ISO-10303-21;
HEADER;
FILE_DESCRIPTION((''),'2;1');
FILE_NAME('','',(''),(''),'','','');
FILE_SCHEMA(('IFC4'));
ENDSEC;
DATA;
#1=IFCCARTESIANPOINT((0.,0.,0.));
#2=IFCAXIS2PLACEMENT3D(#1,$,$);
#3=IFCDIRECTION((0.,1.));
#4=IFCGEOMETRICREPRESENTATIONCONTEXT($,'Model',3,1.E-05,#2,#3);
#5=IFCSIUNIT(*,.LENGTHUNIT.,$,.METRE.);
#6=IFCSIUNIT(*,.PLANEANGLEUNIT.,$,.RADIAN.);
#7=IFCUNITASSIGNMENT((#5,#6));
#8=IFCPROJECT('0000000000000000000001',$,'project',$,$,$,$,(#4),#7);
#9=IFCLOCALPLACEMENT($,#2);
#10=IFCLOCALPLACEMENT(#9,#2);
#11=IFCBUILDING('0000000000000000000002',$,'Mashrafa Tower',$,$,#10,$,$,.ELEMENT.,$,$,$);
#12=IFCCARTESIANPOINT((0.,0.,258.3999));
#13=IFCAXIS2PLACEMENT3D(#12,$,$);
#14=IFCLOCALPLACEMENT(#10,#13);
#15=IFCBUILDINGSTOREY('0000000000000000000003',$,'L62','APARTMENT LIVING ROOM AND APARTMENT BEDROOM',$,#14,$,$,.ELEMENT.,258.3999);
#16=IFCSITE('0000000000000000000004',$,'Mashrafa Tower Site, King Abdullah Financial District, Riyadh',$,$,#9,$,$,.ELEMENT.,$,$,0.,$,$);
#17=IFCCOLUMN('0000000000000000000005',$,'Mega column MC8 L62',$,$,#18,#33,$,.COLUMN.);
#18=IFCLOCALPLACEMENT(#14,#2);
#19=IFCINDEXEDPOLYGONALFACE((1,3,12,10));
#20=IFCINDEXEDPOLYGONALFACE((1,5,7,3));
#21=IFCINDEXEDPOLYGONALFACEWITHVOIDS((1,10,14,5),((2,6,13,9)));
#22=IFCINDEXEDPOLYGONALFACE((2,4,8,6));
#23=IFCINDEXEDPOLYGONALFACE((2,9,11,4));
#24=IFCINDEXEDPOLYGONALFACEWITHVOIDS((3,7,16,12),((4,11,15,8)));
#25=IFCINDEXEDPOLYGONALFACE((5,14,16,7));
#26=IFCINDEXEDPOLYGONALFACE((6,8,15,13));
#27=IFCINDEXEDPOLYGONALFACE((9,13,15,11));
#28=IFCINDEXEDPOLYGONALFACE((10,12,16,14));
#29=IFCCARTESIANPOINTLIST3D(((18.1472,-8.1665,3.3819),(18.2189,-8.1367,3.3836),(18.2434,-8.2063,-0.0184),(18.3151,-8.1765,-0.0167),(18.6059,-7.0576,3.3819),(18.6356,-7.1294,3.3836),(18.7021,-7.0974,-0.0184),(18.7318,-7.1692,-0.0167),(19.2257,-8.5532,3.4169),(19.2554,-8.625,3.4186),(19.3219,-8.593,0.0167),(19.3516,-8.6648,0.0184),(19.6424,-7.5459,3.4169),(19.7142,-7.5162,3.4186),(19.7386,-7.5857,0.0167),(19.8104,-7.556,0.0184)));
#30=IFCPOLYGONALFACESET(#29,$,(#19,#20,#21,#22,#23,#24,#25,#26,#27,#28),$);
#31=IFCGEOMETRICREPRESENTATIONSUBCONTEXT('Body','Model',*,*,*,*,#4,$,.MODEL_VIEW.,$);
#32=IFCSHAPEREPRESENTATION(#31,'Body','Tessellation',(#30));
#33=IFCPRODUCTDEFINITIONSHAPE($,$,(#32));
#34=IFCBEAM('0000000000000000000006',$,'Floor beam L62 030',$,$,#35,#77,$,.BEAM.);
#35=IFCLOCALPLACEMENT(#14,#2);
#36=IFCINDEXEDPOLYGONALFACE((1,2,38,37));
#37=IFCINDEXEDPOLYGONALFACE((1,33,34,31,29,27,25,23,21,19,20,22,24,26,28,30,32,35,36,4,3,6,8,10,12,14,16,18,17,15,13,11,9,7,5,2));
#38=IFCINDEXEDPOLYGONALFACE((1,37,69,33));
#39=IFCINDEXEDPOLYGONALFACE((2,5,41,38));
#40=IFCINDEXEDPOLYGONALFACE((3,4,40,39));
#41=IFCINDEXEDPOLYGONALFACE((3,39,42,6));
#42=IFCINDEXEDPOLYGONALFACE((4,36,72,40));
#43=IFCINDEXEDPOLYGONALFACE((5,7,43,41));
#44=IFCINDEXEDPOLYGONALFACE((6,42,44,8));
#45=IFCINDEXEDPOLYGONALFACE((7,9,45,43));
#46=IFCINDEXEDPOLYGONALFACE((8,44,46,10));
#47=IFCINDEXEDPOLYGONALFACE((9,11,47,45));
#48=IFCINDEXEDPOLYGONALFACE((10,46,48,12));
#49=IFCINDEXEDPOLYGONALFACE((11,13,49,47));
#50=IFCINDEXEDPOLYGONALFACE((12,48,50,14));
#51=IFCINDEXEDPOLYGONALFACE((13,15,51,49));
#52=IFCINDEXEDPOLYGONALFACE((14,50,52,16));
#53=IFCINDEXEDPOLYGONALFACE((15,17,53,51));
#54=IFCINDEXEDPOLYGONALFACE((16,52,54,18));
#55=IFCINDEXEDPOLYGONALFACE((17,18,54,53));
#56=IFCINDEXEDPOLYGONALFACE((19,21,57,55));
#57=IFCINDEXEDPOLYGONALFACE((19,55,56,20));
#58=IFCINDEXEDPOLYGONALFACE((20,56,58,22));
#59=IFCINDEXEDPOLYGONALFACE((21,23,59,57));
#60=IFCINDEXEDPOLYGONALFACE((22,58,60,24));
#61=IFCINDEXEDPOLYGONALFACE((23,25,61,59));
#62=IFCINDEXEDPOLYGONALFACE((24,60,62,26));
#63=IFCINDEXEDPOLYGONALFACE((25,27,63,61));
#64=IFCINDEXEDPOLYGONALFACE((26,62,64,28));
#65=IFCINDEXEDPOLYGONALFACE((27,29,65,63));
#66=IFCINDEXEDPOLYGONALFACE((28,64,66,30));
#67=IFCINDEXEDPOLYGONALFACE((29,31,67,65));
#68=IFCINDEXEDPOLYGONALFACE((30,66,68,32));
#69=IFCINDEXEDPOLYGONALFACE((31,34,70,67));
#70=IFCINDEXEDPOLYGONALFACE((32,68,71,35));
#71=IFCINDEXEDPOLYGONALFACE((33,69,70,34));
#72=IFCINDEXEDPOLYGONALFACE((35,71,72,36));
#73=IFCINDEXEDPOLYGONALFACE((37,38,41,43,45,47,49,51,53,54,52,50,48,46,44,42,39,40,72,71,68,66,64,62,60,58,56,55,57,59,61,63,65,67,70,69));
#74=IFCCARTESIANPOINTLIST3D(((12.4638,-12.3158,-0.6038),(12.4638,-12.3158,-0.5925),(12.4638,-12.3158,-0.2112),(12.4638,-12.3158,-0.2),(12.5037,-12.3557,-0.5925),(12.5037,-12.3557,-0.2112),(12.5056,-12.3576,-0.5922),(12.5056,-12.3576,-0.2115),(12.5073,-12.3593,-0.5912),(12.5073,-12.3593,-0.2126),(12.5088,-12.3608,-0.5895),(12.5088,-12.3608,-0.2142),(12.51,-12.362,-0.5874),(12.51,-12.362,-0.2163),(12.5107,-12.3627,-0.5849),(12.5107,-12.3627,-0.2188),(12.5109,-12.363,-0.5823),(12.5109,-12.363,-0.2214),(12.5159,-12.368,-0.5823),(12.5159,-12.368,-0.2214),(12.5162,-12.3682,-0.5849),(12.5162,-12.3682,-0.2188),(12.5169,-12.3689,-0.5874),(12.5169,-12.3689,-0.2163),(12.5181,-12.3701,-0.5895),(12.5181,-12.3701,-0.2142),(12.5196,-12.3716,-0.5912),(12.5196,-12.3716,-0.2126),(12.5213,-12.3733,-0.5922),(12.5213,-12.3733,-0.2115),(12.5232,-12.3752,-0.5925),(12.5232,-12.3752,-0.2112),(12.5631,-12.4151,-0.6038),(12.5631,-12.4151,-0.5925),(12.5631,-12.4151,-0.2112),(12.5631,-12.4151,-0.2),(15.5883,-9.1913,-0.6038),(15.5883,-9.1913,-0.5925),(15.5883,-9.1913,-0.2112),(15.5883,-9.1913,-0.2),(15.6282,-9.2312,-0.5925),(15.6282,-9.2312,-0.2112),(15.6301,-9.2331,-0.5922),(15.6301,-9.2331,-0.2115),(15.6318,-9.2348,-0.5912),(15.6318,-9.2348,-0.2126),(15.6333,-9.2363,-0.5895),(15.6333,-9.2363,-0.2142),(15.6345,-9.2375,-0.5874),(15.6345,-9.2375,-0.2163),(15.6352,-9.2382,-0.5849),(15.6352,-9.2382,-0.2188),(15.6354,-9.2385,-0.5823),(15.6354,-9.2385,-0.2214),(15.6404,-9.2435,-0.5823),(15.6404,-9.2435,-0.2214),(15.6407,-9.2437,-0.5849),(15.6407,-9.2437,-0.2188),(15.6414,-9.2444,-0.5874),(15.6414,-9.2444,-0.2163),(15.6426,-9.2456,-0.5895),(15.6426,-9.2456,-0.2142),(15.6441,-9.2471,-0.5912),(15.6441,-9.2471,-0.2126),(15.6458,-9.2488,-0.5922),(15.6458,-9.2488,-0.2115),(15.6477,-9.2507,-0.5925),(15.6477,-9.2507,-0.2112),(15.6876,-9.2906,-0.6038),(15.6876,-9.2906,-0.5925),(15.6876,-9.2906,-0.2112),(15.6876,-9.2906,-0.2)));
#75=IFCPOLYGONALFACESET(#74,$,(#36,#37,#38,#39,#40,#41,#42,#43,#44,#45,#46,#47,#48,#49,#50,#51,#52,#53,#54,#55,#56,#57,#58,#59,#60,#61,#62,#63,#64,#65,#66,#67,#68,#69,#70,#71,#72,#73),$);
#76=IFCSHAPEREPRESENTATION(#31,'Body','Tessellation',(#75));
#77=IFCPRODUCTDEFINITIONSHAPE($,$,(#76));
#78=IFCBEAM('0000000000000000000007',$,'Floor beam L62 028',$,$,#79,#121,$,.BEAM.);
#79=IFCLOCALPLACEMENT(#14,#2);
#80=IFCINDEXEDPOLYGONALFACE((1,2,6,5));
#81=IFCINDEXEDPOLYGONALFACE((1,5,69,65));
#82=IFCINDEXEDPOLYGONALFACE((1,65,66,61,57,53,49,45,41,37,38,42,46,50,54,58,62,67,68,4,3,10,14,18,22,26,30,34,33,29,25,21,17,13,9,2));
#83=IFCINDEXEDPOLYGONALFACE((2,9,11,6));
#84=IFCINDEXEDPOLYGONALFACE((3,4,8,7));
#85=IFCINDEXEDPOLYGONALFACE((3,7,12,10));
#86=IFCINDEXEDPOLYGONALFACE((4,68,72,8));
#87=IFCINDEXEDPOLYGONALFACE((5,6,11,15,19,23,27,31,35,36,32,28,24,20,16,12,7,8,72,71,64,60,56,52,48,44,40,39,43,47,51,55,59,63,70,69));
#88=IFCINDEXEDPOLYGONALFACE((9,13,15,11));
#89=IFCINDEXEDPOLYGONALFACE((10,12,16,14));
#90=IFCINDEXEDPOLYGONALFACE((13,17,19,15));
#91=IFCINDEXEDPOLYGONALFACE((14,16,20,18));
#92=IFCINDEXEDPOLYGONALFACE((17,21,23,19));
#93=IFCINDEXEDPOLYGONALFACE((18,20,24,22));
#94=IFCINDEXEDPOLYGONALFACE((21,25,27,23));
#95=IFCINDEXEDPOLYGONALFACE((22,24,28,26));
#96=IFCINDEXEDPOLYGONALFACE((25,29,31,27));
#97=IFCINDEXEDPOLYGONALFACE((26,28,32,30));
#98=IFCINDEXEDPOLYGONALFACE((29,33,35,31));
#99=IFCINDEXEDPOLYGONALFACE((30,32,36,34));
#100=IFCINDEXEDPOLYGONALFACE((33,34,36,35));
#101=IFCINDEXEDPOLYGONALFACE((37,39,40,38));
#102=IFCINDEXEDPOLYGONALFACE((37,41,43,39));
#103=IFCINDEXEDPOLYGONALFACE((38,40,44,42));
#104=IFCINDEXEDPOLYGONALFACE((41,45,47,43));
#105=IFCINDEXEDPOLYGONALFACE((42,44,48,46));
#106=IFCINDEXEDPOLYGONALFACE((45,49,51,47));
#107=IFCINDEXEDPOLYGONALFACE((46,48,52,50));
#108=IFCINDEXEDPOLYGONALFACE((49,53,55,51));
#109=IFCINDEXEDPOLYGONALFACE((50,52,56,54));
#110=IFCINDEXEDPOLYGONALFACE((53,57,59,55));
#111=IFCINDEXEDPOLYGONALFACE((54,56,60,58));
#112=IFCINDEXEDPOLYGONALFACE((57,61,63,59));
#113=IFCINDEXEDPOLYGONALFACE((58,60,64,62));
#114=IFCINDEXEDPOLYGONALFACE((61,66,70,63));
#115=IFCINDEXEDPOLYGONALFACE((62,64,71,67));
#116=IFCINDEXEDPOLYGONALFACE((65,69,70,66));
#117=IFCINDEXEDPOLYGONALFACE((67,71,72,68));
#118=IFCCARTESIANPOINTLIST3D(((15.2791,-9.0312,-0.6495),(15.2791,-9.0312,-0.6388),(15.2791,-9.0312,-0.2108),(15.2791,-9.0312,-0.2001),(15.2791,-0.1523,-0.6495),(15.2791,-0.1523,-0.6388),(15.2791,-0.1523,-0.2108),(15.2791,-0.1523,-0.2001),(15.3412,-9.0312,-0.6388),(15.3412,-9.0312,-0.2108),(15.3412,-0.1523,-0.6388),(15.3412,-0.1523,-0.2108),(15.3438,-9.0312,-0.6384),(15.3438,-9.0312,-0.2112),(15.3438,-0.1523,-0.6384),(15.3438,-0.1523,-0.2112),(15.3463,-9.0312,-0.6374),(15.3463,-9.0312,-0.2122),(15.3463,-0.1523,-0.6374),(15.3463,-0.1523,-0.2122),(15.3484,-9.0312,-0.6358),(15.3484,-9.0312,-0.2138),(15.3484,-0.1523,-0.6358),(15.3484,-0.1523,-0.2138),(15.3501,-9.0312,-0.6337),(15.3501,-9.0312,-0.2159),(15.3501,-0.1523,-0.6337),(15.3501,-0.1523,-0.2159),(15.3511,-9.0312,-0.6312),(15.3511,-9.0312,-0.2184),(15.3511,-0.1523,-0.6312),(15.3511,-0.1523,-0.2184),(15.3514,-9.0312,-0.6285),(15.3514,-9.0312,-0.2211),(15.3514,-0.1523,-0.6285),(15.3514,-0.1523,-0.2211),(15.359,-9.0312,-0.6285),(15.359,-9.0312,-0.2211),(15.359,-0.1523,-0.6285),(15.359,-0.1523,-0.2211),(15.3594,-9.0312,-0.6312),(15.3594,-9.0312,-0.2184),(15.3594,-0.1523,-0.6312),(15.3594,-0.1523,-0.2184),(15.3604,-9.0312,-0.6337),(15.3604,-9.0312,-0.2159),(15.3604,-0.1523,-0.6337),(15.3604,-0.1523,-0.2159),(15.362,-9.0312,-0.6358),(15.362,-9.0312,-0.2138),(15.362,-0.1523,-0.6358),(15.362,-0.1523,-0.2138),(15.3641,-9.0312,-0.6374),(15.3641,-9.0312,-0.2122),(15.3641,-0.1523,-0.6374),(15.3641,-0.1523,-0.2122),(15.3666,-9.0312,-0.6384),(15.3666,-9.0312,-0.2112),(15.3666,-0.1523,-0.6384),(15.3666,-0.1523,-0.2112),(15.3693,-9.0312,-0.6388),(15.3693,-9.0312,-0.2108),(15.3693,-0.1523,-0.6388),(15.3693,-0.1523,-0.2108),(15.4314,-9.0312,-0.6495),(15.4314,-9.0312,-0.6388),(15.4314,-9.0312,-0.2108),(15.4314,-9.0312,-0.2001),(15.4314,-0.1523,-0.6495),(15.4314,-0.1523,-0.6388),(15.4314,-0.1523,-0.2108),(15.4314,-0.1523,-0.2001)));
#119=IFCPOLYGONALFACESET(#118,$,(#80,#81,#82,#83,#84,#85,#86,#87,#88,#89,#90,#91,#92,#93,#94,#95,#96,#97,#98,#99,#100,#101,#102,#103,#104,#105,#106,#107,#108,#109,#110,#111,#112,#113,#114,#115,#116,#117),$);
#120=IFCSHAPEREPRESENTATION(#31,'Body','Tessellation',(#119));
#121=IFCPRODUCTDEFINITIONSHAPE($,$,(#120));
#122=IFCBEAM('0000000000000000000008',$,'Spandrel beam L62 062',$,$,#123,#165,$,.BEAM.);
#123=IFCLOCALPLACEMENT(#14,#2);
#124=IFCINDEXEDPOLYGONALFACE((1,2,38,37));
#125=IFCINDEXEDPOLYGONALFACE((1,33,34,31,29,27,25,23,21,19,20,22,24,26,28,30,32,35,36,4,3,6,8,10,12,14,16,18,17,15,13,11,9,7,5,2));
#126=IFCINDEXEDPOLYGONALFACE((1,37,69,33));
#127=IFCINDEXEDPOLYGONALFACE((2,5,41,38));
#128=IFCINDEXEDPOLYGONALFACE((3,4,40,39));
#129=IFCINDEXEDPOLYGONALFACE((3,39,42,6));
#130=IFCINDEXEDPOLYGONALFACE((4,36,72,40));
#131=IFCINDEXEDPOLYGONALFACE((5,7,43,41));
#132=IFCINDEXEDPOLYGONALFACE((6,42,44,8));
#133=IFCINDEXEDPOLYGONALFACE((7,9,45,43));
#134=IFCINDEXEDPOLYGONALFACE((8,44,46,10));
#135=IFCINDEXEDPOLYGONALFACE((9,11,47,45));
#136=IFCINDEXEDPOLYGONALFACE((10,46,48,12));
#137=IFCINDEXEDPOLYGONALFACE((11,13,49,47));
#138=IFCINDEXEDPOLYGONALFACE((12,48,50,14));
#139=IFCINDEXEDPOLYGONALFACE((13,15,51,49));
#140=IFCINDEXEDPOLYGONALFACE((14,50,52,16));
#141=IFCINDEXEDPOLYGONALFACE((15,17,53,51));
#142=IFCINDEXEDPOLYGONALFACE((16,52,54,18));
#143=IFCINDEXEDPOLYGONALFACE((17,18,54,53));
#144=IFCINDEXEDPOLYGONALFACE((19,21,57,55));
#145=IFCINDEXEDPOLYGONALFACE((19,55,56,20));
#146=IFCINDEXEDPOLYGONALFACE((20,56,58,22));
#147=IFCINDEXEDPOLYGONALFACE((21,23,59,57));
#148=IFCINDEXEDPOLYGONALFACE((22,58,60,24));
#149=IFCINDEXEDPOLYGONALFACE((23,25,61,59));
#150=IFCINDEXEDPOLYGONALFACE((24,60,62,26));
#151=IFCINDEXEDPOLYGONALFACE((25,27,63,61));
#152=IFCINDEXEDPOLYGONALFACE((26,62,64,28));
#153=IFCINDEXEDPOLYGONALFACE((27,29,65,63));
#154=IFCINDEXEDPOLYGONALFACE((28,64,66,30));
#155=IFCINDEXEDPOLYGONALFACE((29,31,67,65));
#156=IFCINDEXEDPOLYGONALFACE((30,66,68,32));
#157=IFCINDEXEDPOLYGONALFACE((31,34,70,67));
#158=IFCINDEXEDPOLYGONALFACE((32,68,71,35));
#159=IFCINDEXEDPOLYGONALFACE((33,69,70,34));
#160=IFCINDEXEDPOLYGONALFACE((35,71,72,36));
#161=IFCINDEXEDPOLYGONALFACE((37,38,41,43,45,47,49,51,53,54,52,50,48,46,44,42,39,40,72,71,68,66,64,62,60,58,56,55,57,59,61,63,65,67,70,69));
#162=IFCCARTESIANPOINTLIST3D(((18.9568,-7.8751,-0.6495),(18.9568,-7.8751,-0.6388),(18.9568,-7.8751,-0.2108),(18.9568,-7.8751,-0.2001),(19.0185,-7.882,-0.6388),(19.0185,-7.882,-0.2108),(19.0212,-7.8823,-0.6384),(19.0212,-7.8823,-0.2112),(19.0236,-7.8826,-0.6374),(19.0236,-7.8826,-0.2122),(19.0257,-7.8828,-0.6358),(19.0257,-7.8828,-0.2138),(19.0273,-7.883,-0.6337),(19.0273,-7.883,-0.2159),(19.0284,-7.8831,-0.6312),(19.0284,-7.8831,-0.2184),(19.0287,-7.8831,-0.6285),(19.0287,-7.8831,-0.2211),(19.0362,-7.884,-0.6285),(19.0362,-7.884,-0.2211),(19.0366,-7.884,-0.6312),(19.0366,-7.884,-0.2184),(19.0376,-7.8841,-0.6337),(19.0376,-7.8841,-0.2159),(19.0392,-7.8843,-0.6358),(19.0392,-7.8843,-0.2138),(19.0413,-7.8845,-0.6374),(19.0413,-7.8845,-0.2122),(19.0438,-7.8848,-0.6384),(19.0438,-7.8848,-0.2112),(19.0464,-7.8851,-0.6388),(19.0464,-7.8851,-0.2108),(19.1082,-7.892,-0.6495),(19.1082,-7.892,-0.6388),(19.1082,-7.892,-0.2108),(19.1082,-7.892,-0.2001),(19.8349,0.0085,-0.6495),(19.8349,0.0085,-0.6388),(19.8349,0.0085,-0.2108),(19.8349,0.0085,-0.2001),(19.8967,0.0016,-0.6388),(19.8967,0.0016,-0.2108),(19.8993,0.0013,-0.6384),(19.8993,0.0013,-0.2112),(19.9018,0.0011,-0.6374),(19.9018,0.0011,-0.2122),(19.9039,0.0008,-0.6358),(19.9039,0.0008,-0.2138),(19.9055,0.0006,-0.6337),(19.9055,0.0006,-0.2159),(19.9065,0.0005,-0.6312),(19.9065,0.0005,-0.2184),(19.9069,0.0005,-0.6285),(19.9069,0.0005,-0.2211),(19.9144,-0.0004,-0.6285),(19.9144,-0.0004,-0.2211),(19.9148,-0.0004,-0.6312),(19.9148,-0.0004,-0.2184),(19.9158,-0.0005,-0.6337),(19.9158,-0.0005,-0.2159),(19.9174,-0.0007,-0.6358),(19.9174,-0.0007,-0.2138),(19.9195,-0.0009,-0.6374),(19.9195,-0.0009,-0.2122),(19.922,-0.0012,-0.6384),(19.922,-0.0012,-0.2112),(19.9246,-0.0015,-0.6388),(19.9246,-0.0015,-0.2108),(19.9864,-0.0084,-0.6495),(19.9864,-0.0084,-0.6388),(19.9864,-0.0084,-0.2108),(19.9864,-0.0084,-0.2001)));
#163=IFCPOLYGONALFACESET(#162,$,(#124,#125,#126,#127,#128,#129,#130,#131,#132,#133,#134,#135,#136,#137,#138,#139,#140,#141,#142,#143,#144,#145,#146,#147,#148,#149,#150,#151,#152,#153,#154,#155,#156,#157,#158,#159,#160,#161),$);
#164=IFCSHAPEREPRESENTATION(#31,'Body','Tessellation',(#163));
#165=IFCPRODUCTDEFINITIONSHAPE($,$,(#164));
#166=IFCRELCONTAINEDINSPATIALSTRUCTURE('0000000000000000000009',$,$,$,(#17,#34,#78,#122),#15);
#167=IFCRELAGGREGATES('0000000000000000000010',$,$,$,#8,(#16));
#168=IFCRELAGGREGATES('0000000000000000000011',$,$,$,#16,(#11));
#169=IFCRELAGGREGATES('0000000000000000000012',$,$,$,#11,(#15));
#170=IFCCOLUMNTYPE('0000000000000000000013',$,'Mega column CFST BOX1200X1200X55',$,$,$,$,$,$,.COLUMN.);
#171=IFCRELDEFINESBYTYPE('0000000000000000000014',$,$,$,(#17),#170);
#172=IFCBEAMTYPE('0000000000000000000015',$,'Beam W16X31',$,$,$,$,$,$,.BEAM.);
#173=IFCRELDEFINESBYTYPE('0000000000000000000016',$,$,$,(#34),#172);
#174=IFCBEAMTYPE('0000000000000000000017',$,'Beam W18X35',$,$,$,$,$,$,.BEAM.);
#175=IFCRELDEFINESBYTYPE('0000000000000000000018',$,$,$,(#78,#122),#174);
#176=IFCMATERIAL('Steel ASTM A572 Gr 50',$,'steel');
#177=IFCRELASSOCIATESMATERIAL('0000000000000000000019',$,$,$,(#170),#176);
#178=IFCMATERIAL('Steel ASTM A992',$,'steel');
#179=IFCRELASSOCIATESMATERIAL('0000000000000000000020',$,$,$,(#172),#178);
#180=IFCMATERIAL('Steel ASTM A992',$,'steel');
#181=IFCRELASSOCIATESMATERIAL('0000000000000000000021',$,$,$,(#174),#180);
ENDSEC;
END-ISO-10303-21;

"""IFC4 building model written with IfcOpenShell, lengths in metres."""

from ifc_helpers import new_model, si_unit, direction, frame, origin, origin_2d, place, context, subcontext, project, spatial, hollow_rectangle, i_section, extrude, material, material_profile, profile_set, type_object, element, save


model = new_model("IFC4")

# Units and contexts
model_context = context("Model", 3, precision=1e-05, world=origin(), true_north=direction((0.0, 1.0)))
body_context = subcontext(model_context, "Body", "Model", "MODEL_VIEW")
ifc_project = project(units=[si_unit("LENGTHUNIT", "METRE"), si_unit("PLANEANGLEUNIT", "RADIAN")], contexts=[model_context])

# Site, building, storey
site_placement = place(None, origin())
site = spatial("IfcSite", under=ifc_project, at=site_placement, Name="Mashrafa Tower Site, King Abdullah Financial District, Riyadh", CompositionType="ELEMENT", RefElevation=0.0)
building_placement = place(site_placement, origin())
building = spatial("IfcBuilding", under=site, at=building_placement, Name="Mashrafa Tower", CompositionType="ELEMENT")
storey_placement = place(building_placement, frame((0.0, 0.0, 258.3999)))
storey = spatial("IfcBuildingStorey", under=building, at=storey_placement, Name="L62", Description="APARTMENT LIVING ROOM AND APARTMENT BEDROOM", CompositionType="ELEMENT", Elevation=258.3999)

# Column
ifc_material_1 = material(Name="Steel ASTM A572 Gr 50", Category="steel")
ifc_material_profile_1 = material_profile(ifc_material_1, hollow_rectangle(XDim=1.2, YDim=1.2, WallThickness=0.0549, at=origin_2d()), Name="BOX1200X1200X55")
ifc_profile_set_1 = profile_set([ifc_material_profile_1], Name="Steel ASTM A572 Gr 50")
column_type = type_object("IfcColumnType", Name="Mega column CFST BOX1200X1200X55", PredefinedType="COLUMN", material=ifc_profile_set_1)
column_placement = place(storey_placement, frame((19.0269, -7.8811, 0.0), z_axis=(-0.028277, 0.011698, 0.999532), x_axis=(-0.382283, -0.924045, 0.0)))
element("IfcColumn", 1, at=column_placement, inside=storey, type_object=column_type, Name="Mega column MC8 L62", PredefinedType="COLUMN", context=body_context, shape_type="SweptSolid", body=[
    extrude(hollow_rectangle(XDim=1.2, YDim=1.2, WallThickness=0.0549, at=origin_2d()), origin(), (0.0, 0.0, 1.0), 3.4019),
])

# Beams
ifc_material_2 = material(Name="Steel ASTM A992", Category="steel")
ifc_material_profile_2 = material_profile(ifc_material_2, i_section(OverallWidth=0.1404, OverallDepth=0.4038, WebThickness=0.0071, FlangeThickness=0.0112, FilletRadius=0.0103, at=origin_2d()), Name="W16X31")
ifc_profile_set_2 = profile_set([ifc_material_profile_2], Name="Steel ASTM A992")
beam_type_1 = type_object("IfcBeamType", Name="Beam W16X31", PredefinedType="BEAM", material=ifc_profile_set_2)
beam_1_placement = place(storey_placement, frame((15.6379, -9.241, -0.4019), z_axis=(-0.707107, -0.707107, 0.0), x_axis=(0.707107, -0.707107, 0.0)))
element("IfcBeam", 2, at=beam_1_placement, inside=storey, type_object=beam_type_1, Name="Floor beam L62 030", PredefinedType="BEAM", context=body_context, shape_type="SweptSolid", body=[
    extrude(i_section(OverallWidth=0.1404, OverallDepth=0.4038, WebThickness=0.0071, FlangeThickness=0.0112, FilletRadius=0.0103, at=origin_2d()), origin(), (0.0, 0.0, 1.0), 4.4187),
])
ifc_material_3 = material(Name="Steel ASTM A992", Category="steel")
ifc_material_profile_3 = material_profile(ifc_material_3, i_section(OverallWidth=0.1523, OverallDepth=0.4495, WebThickness=0.0076, FlangeThickness=0.0107, FilletRadius=0.0103, at=origin_2d()), Name="W18X35")
ifc_profile_set_3 = profile_set([ifc_material_profile_3], Name="Steel ASTM A992")
beam_type_2 = type_object("IfcBeamType", Name="Beam W18X35", PredefinedType="BEAM", material=ifc_profile_set_3)
beam_2_placement = place(storey_placement, frame((15.3552, -0.1523, -0.4248), z_axis=(0.0, -1.0, 0.0), x_axis=(1.0, 0.0, 0.0)))
element("IfcBeam", 3, at=beam_2_placement, inside=storey, type_object=beam_type_2, Name="Floor beam L62 028", PredefinedType="BEAM", context=body_context, shape_type="SweptSolid", body=[
    extrude(i_section(OverallWidth=0.1523, OverallDepth=0.4495, WebThickness=0.0076, FlangeThickness=0.0107, FilletRadius=0.0103, at=origin_2d()), origin(), (0.0, 0.0, 1.0), 8.8789),
])
beam_3_placement = place(storey_placement, frame((19.0325, -7.8835, -0.4248), z_axis=(0.110709, 0.993853, 0.0), x_axis=(-0.993853, 0.110709, 0.0)))
element("IfcBeam", 4, at=beam_3_placement, inside=storey, type_object=beam_type_2, Name="Spandrel beam L62 062", PredefinedType="BEAM", context=body_context, shape_type="SweptSolid", body=[
    extrude(i_section(OverallWidth=0.1523, OverallDepth=0.4495, WebThickness=0.0076, FlangeThickness=0.0107, FilletRadius=0.0103, at=origin_2d()), origin(), (0.0, 0.0, 1.0), 7.9324),
])

save(model, "model.ifc")
